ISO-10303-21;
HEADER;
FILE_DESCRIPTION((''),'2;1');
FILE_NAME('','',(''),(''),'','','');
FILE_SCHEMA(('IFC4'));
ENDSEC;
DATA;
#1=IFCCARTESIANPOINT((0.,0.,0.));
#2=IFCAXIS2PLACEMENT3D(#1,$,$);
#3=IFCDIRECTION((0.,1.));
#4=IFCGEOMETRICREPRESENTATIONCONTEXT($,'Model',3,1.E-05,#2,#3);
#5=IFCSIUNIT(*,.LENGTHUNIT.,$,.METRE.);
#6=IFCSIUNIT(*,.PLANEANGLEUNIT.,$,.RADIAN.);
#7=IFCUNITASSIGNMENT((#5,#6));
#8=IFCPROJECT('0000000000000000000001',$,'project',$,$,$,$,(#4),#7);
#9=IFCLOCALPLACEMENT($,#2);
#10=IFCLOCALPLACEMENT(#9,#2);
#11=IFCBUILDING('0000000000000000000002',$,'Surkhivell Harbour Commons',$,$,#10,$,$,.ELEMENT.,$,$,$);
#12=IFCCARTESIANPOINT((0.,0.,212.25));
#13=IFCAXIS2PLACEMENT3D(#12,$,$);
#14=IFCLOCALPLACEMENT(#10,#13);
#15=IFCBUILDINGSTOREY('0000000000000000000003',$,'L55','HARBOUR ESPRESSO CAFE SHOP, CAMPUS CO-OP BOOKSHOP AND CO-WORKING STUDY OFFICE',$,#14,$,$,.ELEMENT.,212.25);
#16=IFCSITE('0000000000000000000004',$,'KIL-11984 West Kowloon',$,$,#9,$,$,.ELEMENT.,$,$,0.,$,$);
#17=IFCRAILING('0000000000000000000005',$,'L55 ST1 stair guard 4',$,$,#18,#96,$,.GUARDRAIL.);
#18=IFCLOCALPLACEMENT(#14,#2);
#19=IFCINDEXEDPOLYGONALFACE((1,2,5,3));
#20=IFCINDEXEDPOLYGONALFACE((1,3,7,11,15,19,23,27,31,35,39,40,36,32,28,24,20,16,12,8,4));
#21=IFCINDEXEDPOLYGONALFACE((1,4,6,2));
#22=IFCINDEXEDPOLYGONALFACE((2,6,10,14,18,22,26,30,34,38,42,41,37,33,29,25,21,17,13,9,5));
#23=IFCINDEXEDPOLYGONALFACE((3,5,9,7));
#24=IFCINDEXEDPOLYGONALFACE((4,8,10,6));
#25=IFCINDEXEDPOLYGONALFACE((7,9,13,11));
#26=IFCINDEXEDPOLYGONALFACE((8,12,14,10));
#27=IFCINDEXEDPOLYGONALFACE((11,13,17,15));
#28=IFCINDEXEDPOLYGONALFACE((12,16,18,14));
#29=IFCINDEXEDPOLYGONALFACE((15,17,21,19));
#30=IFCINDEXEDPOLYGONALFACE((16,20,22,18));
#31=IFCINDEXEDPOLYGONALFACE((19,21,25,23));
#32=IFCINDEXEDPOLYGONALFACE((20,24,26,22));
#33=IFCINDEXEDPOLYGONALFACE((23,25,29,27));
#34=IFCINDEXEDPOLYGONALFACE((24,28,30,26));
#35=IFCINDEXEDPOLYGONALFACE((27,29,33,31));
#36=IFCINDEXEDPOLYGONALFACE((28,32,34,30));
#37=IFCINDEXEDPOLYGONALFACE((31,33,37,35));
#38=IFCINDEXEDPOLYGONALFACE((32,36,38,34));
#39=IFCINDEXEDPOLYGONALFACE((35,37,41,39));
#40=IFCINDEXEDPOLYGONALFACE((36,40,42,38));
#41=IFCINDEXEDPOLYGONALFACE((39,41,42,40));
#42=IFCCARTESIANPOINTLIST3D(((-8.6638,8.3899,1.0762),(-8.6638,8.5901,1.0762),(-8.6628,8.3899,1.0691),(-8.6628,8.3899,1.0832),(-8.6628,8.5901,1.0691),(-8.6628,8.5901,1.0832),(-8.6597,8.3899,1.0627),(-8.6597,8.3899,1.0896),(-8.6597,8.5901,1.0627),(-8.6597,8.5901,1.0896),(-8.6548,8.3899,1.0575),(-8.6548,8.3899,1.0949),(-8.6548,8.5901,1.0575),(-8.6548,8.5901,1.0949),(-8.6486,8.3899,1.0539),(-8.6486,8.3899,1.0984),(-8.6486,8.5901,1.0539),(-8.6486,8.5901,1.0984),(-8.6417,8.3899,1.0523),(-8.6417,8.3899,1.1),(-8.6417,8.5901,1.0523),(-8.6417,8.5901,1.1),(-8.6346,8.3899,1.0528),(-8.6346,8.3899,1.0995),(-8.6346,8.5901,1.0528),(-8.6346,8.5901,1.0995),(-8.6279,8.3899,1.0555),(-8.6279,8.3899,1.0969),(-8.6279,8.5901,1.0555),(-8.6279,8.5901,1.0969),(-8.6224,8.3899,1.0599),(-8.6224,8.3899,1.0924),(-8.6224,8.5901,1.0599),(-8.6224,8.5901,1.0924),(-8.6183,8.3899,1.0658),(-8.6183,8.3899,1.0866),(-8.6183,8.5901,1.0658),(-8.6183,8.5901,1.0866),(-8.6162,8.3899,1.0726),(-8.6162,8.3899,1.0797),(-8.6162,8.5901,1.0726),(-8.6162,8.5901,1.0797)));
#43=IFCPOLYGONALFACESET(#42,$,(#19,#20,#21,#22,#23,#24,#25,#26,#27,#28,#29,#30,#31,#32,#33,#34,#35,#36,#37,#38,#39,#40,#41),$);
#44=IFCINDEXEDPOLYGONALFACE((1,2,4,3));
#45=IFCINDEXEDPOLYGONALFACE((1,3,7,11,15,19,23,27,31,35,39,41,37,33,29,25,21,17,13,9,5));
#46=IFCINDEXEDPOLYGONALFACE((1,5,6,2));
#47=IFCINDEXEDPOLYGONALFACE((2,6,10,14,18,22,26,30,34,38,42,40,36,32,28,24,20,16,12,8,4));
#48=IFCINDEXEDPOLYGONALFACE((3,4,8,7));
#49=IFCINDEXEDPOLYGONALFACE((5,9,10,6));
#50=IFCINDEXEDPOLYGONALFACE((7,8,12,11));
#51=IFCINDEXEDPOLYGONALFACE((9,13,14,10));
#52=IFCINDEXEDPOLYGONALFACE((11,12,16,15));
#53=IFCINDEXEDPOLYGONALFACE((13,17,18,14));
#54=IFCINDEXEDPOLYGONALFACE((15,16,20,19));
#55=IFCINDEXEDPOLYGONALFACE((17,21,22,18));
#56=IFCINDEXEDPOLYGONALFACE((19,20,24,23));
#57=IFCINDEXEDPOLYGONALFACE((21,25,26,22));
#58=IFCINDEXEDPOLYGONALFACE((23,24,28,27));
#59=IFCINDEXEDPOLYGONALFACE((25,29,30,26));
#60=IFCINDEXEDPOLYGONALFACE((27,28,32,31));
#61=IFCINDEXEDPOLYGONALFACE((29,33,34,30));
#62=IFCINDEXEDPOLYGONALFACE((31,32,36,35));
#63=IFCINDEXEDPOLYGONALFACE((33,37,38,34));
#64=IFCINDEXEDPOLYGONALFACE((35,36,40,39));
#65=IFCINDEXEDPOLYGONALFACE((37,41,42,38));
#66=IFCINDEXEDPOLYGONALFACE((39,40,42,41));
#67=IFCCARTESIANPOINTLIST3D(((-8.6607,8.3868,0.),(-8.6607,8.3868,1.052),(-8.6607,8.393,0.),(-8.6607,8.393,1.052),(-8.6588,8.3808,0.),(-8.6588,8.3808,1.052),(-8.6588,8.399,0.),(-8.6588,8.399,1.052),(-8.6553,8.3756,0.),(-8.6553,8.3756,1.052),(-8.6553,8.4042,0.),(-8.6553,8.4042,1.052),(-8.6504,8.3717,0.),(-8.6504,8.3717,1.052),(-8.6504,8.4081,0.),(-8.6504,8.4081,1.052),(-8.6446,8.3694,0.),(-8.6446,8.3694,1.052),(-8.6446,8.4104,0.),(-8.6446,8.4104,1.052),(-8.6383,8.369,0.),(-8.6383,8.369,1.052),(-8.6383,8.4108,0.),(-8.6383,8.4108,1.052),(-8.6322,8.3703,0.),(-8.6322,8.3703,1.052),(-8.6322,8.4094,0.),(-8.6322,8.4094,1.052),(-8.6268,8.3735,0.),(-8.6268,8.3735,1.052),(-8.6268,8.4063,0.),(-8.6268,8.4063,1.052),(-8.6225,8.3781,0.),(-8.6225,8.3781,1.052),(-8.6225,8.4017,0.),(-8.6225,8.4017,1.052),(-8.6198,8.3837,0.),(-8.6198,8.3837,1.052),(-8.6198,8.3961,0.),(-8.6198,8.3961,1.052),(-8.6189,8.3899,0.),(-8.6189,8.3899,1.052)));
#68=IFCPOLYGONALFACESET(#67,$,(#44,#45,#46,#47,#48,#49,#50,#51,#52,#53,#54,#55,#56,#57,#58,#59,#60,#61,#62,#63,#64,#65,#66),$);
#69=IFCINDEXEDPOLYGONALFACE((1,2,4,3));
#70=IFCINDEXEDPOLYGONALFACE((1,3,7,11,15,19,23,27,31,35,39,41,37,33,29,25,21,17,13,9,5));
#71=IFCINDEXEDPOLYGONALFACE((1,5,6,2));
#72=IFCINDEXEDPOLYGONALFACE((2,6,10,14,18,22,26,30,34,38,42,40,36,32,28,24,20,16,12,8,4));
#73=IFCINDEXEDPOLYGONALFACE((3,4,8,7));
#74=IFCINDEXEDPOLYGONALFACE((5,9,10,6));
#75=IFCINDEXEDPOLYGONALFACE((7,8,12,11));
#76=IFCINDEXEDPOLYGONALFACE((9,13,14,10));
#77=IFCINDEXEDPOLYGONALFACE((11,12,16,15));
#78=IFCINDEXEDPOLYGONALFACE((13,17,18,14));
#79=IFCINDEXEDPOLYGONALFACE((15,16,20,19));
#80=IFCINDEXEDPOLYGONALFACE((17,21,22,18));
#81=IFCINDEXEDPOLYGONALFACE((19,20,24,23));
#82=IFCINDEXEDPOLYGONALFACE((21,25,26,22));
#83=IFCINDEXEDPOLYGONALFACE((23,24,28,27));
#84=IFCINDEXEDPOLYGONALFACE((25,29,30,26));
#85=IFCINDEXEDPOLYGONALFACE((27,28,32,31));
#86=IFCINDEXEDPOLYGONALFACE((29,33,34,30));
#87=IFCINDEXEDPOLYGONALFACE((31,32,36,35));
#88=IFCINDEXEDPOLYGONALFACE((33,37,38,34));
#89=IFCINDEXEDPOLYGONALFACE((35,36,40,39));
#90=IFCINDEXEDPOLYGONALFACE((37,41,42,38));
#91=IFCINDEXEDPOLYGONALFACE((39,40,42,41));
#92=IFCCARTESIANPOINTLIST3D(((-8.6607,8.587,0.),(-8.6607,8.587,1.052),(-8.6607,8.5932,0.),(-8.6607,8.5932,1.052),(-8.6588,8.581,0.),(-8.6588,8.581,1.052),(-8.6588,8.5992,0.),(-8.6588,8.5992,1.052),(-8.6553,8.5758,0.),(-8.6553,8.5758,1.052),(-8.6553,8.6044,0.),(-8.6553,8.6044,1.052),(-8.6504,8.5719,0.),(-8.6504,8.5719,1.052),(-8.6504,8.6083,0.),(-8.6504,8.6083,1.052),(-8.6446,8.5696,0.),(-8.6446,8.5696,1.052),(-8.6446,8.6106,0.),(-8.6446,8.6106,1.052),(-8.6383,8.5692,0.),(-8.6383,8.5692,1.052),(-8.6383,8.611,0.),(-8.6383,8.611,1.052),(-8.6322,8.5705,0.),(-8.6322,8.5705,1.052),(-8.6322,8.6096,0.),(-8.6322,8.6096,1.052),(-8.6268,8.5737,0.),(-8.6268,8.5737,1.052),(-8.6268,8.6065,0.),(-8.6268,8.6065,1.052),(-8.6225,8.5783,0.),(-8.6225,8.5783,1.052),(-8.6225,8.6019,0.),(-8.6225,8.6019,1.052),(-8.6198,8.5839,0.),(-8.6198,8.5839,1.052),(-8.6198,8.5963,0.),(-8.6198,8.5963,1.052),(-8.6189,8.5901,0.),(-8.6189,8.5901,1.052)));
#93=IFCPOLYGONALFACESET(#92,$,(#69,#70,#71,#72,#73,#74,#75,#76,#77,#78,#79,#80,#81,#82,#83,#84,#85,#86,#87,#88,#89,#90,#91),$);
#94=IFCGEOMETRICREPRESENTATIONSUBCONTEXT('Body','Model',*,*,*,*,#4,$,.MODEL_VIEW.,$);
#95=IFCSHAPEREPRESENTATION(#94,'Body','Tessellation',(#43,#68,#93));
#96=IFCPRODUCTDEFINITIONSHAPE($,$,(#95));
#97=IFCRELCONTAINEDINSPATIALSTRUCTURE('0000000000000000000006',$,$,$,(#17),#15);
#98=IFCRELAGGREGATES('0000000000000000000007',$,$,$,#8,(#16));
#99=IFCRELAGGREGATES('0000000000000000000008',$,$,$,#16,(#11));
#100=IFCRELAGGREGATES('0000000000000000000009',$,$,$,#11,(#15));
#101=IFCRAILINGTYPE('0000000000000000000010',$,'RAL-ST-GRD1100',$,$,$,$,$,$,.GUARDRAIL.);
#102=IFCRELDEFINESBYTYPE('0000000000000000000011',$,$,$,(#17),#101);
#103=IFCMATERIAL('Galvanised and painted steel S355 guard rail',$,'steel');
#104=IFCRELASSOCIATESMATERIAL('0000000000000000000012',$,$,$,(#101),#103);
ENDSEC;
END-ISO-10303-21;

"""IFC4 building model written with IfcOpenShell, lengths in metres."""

from ifc_helpers import new_model, si_unit, direction, frame, origin, origin_2d, place, context, subcontext, project, spatial, circle, extrude, material, type_object, element, save


model = new_model("IFC4")

# Units and contexts
model_context = context("Model", 3, precision=1e-05, world=origin(), true_north=direction((0.0, 1.0)))
body_context = subcontext(model_context, "Body", "Model", "MODEL_VIEW")
ifc_project = project(units=[si_unit("LENGTHUNIT", "METRE"), si_unit("PLANEANGLEUNIT", "RADIAN")], contexts=[model_context])

# Site, building, storey
site_placement = place(None, origin())
site = spatial("IfcSite", under=ifc_project, at=site_placement, Name="KIL-11984 West Kowloon", CompositionType="ELEMENT", RefElevation=0.0)
building_placement = place(site_placement, origin())
building = spatial("IfcBuilding", under=site, at=building_placement, Name="Surkhivell Harbour Commons", CompositionType="ELEMENT")
storey_placement = place(building_placement, frame((0.0, 0.0, 212.25)))
storey = spatial("IfcBuildingStorey", under=building, at=storey_placement, Name="L55", Description="HARBOUR ESPRESSO CAFE SHOP, CAMPUS CO-OP BOOKSHOP AND CO-WORKING STUDY OFFICE", CompositionType="ELEMENT", Elevation=212.25)

# Railing
ifc_material_1 = material(Name="Galvanised and painted steel S355 guard rail", Category="steel")
railing_type_1 = type_object("IfcRailingType", Name="RAL-ST-GRD1100", PredefinedType="GUARDRAIL", material=ifc_material_1)
railing_1_placement = place(storey_placement, frame((-8.6399, 8.3899, 0.0)))
element("IfcRailing", 1, at=railing_1_placement, inside=storey, type_object=railing_type_1, Name="L55 ST1 stair guard 4", PredefinedType="GUARDRAIL", context=body_context, shape_type="SweptSolid", body=[
    extrude(circle(Radius=0.0239, at=origin_2d()), frame((0.0, 0.0, 1.0762), z_axis=(0.0, 1.0, 0.0), x_axis=(-1.0, 0.0, 0.0)), (0.0, 0.0, 1.0), 0.2002),
    extrude(circle(Radius=0.021, at=origin_2d()), origin(), (0.0, 0.0, 1.0), 1.052),
    extrude(circle(Radius=0.021, at=origin_2d()), frame((0.0, 0.2002, 0.0)), (0.0, 0.0, 1.0), 1.052),
])

save(model, "model.ifc")
